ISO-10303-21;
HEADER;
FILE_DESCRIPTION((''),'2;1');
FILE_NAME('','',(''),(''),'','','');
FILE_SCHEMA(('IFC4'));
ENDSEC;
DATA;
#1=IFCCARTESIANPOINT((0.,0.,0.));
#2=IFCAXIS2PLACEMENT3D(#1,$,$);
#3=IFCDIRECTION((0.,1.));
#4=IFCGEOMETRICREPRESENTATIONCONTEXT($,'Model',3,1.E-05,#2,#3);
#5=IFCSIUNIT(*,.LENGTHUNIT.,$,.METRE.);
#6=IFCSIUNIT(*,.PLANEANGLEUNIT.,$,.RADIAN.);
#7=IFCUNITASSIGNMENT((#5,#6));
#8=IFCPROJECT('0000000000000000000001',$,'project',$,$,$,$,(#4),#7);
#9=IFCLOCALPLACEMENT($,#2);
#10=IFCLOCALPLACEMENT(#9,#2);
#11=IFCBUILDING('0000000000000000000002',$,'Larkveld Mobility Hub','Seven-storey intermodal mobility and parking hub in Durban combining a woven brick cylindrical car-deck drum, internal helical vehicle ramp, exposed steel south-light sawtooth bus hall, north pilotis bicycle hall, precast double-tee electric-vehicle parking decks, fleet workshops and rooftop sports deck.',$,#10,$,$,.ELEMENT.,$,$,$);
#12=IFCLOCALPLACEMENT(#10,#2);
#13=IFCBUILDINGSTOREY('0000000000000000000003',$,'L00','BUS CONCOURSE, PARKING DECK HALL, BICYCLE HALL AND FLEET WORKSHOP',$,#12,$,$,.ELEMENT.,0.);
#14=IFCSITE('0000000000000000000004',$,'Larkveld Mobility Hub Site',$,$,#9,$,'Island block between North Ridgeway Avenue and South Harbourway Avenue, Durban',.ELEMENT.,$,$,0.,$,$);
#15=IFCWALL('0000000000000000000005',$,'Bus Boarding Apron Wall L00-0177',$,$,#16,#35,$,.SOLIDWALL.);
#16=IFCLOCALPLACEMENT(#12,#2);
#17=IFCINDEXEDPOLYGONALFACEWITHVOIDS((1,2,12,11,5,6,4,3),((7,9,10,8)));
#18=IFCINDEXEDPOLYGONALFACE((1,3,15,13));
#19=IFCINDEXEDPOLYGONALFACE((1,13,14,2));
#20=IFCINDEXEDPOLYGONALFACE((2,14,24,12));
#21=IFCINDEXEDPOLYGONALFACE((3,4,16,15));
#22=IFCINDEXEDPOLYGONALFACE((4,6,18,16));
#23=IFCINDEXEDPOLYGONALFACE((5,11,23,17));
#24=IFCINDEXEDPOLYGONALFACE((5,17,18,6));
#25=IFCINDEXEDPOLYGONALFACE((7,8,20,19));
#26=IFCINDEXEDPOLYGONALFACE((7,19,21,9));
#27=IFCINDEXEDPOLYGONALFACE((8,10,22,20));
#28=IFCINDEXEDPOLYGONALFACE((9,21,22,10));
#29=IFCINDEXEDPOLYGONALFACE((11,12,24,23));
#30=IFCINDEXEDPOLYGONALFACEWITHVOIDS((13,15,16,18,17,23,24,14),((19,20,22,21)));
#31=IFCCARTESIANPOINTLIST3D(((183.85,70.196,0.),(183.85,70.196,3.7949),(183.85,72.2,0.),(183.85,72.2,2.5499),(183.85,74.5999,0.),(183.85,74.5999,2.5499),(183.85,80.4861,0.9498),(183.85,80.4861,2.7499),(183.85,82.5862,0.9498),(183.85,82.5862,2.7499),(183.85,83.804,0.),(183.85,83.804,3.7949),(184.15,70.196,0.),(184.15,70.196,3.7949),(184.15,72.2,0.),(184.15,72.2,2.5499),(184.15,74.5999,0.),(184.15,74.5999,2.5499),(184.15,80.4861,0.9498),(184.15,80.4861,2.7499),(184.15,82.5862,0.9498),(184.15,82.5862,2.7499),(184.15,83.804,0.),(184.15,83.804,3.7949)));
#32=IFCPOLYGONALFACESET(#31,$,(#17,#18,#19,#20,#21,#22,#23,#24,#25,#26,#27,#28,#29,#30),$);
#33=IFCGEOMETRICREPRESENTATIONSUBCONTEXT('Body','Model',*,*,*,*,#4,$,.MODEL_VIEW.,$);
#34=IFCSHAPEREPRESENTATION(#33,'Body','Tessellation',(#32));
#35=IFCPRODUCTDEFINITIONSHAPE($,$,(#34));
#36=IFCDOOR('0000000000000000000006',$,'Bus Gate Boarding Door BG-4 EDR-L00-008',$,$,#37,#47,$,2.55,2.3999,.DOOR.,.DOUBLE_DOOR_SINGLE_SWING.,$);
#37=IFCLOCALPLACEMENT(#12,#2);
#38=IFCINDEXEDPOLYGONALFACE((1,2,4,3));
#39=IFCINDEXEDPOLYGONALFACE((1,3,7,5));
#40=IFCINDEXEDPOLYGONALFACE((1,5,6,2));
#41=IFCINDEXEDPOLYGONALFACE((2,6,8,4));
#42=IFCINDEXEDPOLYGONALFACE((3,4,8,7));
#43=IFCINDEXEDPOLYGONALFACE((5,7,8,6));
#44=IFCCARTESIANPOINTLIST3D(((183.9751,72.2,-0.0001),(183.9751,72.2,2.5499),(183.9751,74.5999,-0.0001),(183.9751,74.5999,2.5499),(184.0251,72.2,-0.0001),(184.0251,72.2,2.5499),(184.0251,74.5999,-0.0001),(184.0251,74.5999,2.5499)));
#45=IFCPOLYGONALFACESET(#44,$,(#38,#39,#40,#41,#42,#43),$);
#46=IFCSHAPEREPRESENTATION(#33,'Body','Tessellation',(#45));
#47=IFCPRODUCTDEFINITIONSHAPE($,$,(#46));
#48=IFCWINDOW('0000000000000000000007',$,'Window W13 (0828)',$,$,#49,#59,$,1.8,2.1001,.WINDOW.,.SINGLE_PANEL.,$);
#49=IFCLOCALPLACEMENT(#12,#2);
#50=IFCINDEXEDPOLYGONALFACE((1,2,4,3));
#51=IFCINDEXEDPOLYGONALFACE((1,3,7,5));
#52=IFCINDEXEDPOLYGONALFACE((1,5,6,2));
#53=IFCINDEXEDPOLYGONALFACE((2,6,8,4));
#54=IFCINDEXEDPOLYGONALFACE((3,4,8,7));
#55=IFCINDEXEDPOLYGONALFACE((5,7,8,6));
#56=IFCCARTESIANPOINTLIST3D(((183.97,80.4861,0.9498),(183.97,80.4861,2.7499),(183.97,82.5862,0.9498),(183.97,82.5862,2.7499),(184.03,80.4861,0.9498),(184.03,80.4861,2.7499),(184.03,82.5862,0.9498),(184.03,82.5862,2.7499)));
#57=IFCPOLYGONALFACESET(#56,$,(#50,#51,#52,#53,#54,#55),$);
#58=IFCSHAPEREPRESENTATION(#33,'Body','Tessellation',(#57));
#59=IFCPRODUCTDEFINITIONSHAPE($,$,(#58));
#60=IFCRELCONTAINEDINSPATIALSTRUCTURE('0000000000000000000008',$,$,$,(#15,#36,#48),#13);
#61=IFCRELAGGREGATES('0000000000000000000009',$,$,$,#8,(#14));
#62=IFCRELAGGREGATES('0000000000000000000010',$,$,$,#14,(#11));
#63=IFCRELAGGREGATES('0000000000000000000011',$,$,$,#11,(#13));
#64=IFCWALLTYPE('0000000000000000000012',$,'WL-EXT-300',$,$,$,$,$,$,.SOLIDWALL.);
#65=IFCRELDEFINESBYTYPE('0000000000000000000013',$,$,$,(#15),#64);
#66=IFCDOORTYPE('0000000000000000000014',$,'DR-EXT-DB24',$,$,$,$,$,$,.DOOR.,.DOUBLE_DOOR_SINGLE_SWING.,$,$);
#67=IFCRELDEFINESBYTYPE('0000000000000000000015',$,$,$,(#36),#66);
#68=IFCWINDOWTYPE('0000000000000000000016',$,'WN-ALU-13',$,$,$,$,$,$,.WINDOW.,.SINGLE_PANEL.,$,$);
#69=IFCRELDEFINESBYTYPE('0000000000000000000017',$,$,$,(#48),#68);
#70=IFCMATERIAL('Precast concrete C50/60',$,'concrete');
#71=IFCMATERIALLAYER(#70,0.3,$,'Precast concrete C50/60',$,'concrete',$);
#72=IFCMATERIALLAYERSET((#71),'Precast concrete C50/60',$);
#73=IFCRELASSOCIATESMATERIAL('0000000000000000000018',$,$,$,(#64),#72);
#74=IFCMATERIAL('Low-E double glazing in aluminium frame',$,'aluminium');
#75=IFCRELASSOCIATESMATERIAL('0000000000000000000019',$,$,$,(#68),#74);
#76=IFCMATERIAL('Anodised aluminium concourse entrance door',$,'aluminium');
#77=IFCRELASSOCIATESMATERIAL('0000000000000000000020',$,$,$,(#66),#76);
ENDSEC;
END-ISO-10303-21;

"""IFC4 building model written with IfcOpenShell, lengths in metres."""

from ifc_helpers import new_model, si_unit, direction, frame, frame_2d, origin, place, context, subcontext, project, spatial, rectangle, extrude, material, layer, layer_set, type_object, element, fill, save


model = new_model("IFC4")

# Units and contexts
model_context = context("Model", 3, precision=1e-05, world=origin(), true_north=direction((0.0, 1.0)))
body_context = subcontext(model_context, "Body", "Model", "MODEL_VIEW")
ifc_project = project(units=[si_unit("LENGTHUNIT", "METRE"), si_unit("PLANEANGLEUNIT", "RADIAN")], contexts=[model_context])

# Site, building, storey
site_placement = place(None, origin())
site = spatial("IfcSite", under=ifc_project, at=site_placement, Name="Larkveld Mobility Hub Site", LongName="Island block between North Ridgeway Avenue and South Harbourway Avenue, Durban", CompositionType="ELEMENT", RefElevation=0.0)
building_placement = place(site_placement, origin())
building = spatial("IfcBuilding", under=site, at=building_placement, Name="Larkveld Mobility Hub", Description="Seven-storey intermodal mobility and parking hub in Durban combining a woven brick cylindrical car-deck drum, internal helical vehicle ramp, exposed steel south-light sawtooth bus hall, north pilotis bicycle hall, precast double-tee electric-vehicle parking decks, fleet workshops and rooftop sports deck.", CompositionType="ELEMENT")
storey_placement = place(building_placement, origin())
storey = spatial("IfcBuildingStorey", under=building, at=storey_placement, Name="L00", Description="BUS CONCOURSE, PARKING DECK HALL, BICYCLE HALL AND FLEET WORKSHOP", CompositionType="ELEMENT", Elevation=0.0)

# Wall, openings, door, window
ifc_material_1 = material(Name="Precast concrete C50/60", Category="concrete")
ifc_layer = layer(ifc_material_1, 0.3, Name="Precast concrete C50/60", Category="concrete")
ifc_layer_set = layer_set([ifc_layer], Name="Precast concrete C50/60")
wall_type = type_object("IfcWallType", Name="WL-EXT-300", PredefinedType="SOLIDWALL", material=ifc_layer_set)
ifc_material_2 = material(Name="Low-E double glazing in aluminium frame", Category="aluminium")
window_type = type_object("IfcWindowType", Name="WN-ALU-13", PartitioningType="SINGLE_PANEL", PredefinedType="WINDOW", material=ifc_material_2)
wall_1_placement = place(storey_placement, frame((184.0, 70.196, 0.0), z_axis=(0.0, 0.0, 1.0), x_axis=(0.0, 1.0, 0.0)))
wall_1 = element("IfcWall", 1, at=wall_1_placement, inside=storey, type_object=wall_type, Name="Bus Boarding Apron Wall L00-0177", PredefinedType="SOLIDWALL", context=body_context, shape_type="SweptSolid", body=[
    extrude(rectangle(XDim=13.6079, YDim=0.3, at=frame_2d((6.804, 0.0))), origin(), (0.0, 0.0, 1.0), 3.7949),
])
opening_1_placement = place(wall_1_placement, frame((2.0039, 0.0, 0.0)))
opening_1 = element("IfcOpeningElement", 2, at=opening_1_placement, cuts=wall_1, PredefinedType="OPENING", context=body_context, shape_type="SweptSolid", body=[
    extrude(rectangle(XDim=2.3999, YDim=2.55, at=frame_2d((1.2, 1.2749))), frame((0.0, 0.1602, 0.0), z_axis=(0.0, -1.0, 0.0), x_axis=(1.0, 0.0, 0.0)), (0.0, 0.0, 1.0), 0.3201),
])
opening_2_placement = place(wall_1_placement, frame((10.29, 0.0, 0.95)))
opening_2 = element("IfcOpeningElement", 3, at=opening_2_placement, cuts=wall_1, PredefinedType="OPENING", context=body_context, shape_type="SweptSolid", body=[
    extrude(rectangle(XDim=2.1001, YDim=1.8, at=frame_2d((1.05, 0.8999))), frame((0.0, 0.1602, 0.0), z_axis=(0.0, -1.0, 0.0), x_axis=(1.0, 0.0, 0.0)), (0.0, 0.0, 1.0), 0.3201),
])
ifc_material_3 = material(Name="Anodised aluminium concourse entrance door", Category="aluminium")
door_type_1 = type_object("IfcDoorType", Name="DR-EXT-DB24", OperationType="DOUBLE_DOOR_SINGLE_SWING", PredefinedType="DOOR", material=ifc_material_3)
door_1_placement = place(opening_1_placement, origin())
door_1 = element("IfcDoor", 4, at=door_1_placement, inside=storey, type_object=door_type_1, Name="Bus Gate Boarding Door BG-4 EDR-L00-008", OperationType="DOUBLE_DOOR_SINGLE_SWING", OverallHeight=2.55, OverallWidth=2.3999, PredefinedType="DOOR", context=body_context, shape_type="SweptSolid", body=[
    extrude(rectangle(XDim=2.3999, YDim=2.55, at=frame_2d((1.2, 1.2749))), frame((0.0, 0.0249, 0.0), z_axis=(0.0, -1.0, 0.0), x_axis=(1.0, 0.0, 0.0)), (0.0, 0.0, 1.0), 0.05),
])
fill(opening_1, door_1)
window_1_placement = place(opening_2_placement, origin())
window_1 = element("IfcWindow", 5, at=window_1_placement, inside=storey, type_object=window_type, Name="Window W13 (0828)", OverallHeight=1.8, OverallWidth=2.1001, PartitioningType="SINGLE_PANEL", PredefinedType="WINDOW", context=body_context, shape_type="SweptSolid", body=[
    extrude(rectangle(XDim=2.1001, YDim=1.8, at=frame_2d((1.05, 0.8999))), frame((0.0, 0.03, 0.0), z_axis=(0.0, -1.0, 0.0), x_axis=(1.0, 0.0, 0.0)), (0.0, 0.0, 1.0), 0.0601),
])
fill(opening_2, window_1)

save(model, "model.ifc")
